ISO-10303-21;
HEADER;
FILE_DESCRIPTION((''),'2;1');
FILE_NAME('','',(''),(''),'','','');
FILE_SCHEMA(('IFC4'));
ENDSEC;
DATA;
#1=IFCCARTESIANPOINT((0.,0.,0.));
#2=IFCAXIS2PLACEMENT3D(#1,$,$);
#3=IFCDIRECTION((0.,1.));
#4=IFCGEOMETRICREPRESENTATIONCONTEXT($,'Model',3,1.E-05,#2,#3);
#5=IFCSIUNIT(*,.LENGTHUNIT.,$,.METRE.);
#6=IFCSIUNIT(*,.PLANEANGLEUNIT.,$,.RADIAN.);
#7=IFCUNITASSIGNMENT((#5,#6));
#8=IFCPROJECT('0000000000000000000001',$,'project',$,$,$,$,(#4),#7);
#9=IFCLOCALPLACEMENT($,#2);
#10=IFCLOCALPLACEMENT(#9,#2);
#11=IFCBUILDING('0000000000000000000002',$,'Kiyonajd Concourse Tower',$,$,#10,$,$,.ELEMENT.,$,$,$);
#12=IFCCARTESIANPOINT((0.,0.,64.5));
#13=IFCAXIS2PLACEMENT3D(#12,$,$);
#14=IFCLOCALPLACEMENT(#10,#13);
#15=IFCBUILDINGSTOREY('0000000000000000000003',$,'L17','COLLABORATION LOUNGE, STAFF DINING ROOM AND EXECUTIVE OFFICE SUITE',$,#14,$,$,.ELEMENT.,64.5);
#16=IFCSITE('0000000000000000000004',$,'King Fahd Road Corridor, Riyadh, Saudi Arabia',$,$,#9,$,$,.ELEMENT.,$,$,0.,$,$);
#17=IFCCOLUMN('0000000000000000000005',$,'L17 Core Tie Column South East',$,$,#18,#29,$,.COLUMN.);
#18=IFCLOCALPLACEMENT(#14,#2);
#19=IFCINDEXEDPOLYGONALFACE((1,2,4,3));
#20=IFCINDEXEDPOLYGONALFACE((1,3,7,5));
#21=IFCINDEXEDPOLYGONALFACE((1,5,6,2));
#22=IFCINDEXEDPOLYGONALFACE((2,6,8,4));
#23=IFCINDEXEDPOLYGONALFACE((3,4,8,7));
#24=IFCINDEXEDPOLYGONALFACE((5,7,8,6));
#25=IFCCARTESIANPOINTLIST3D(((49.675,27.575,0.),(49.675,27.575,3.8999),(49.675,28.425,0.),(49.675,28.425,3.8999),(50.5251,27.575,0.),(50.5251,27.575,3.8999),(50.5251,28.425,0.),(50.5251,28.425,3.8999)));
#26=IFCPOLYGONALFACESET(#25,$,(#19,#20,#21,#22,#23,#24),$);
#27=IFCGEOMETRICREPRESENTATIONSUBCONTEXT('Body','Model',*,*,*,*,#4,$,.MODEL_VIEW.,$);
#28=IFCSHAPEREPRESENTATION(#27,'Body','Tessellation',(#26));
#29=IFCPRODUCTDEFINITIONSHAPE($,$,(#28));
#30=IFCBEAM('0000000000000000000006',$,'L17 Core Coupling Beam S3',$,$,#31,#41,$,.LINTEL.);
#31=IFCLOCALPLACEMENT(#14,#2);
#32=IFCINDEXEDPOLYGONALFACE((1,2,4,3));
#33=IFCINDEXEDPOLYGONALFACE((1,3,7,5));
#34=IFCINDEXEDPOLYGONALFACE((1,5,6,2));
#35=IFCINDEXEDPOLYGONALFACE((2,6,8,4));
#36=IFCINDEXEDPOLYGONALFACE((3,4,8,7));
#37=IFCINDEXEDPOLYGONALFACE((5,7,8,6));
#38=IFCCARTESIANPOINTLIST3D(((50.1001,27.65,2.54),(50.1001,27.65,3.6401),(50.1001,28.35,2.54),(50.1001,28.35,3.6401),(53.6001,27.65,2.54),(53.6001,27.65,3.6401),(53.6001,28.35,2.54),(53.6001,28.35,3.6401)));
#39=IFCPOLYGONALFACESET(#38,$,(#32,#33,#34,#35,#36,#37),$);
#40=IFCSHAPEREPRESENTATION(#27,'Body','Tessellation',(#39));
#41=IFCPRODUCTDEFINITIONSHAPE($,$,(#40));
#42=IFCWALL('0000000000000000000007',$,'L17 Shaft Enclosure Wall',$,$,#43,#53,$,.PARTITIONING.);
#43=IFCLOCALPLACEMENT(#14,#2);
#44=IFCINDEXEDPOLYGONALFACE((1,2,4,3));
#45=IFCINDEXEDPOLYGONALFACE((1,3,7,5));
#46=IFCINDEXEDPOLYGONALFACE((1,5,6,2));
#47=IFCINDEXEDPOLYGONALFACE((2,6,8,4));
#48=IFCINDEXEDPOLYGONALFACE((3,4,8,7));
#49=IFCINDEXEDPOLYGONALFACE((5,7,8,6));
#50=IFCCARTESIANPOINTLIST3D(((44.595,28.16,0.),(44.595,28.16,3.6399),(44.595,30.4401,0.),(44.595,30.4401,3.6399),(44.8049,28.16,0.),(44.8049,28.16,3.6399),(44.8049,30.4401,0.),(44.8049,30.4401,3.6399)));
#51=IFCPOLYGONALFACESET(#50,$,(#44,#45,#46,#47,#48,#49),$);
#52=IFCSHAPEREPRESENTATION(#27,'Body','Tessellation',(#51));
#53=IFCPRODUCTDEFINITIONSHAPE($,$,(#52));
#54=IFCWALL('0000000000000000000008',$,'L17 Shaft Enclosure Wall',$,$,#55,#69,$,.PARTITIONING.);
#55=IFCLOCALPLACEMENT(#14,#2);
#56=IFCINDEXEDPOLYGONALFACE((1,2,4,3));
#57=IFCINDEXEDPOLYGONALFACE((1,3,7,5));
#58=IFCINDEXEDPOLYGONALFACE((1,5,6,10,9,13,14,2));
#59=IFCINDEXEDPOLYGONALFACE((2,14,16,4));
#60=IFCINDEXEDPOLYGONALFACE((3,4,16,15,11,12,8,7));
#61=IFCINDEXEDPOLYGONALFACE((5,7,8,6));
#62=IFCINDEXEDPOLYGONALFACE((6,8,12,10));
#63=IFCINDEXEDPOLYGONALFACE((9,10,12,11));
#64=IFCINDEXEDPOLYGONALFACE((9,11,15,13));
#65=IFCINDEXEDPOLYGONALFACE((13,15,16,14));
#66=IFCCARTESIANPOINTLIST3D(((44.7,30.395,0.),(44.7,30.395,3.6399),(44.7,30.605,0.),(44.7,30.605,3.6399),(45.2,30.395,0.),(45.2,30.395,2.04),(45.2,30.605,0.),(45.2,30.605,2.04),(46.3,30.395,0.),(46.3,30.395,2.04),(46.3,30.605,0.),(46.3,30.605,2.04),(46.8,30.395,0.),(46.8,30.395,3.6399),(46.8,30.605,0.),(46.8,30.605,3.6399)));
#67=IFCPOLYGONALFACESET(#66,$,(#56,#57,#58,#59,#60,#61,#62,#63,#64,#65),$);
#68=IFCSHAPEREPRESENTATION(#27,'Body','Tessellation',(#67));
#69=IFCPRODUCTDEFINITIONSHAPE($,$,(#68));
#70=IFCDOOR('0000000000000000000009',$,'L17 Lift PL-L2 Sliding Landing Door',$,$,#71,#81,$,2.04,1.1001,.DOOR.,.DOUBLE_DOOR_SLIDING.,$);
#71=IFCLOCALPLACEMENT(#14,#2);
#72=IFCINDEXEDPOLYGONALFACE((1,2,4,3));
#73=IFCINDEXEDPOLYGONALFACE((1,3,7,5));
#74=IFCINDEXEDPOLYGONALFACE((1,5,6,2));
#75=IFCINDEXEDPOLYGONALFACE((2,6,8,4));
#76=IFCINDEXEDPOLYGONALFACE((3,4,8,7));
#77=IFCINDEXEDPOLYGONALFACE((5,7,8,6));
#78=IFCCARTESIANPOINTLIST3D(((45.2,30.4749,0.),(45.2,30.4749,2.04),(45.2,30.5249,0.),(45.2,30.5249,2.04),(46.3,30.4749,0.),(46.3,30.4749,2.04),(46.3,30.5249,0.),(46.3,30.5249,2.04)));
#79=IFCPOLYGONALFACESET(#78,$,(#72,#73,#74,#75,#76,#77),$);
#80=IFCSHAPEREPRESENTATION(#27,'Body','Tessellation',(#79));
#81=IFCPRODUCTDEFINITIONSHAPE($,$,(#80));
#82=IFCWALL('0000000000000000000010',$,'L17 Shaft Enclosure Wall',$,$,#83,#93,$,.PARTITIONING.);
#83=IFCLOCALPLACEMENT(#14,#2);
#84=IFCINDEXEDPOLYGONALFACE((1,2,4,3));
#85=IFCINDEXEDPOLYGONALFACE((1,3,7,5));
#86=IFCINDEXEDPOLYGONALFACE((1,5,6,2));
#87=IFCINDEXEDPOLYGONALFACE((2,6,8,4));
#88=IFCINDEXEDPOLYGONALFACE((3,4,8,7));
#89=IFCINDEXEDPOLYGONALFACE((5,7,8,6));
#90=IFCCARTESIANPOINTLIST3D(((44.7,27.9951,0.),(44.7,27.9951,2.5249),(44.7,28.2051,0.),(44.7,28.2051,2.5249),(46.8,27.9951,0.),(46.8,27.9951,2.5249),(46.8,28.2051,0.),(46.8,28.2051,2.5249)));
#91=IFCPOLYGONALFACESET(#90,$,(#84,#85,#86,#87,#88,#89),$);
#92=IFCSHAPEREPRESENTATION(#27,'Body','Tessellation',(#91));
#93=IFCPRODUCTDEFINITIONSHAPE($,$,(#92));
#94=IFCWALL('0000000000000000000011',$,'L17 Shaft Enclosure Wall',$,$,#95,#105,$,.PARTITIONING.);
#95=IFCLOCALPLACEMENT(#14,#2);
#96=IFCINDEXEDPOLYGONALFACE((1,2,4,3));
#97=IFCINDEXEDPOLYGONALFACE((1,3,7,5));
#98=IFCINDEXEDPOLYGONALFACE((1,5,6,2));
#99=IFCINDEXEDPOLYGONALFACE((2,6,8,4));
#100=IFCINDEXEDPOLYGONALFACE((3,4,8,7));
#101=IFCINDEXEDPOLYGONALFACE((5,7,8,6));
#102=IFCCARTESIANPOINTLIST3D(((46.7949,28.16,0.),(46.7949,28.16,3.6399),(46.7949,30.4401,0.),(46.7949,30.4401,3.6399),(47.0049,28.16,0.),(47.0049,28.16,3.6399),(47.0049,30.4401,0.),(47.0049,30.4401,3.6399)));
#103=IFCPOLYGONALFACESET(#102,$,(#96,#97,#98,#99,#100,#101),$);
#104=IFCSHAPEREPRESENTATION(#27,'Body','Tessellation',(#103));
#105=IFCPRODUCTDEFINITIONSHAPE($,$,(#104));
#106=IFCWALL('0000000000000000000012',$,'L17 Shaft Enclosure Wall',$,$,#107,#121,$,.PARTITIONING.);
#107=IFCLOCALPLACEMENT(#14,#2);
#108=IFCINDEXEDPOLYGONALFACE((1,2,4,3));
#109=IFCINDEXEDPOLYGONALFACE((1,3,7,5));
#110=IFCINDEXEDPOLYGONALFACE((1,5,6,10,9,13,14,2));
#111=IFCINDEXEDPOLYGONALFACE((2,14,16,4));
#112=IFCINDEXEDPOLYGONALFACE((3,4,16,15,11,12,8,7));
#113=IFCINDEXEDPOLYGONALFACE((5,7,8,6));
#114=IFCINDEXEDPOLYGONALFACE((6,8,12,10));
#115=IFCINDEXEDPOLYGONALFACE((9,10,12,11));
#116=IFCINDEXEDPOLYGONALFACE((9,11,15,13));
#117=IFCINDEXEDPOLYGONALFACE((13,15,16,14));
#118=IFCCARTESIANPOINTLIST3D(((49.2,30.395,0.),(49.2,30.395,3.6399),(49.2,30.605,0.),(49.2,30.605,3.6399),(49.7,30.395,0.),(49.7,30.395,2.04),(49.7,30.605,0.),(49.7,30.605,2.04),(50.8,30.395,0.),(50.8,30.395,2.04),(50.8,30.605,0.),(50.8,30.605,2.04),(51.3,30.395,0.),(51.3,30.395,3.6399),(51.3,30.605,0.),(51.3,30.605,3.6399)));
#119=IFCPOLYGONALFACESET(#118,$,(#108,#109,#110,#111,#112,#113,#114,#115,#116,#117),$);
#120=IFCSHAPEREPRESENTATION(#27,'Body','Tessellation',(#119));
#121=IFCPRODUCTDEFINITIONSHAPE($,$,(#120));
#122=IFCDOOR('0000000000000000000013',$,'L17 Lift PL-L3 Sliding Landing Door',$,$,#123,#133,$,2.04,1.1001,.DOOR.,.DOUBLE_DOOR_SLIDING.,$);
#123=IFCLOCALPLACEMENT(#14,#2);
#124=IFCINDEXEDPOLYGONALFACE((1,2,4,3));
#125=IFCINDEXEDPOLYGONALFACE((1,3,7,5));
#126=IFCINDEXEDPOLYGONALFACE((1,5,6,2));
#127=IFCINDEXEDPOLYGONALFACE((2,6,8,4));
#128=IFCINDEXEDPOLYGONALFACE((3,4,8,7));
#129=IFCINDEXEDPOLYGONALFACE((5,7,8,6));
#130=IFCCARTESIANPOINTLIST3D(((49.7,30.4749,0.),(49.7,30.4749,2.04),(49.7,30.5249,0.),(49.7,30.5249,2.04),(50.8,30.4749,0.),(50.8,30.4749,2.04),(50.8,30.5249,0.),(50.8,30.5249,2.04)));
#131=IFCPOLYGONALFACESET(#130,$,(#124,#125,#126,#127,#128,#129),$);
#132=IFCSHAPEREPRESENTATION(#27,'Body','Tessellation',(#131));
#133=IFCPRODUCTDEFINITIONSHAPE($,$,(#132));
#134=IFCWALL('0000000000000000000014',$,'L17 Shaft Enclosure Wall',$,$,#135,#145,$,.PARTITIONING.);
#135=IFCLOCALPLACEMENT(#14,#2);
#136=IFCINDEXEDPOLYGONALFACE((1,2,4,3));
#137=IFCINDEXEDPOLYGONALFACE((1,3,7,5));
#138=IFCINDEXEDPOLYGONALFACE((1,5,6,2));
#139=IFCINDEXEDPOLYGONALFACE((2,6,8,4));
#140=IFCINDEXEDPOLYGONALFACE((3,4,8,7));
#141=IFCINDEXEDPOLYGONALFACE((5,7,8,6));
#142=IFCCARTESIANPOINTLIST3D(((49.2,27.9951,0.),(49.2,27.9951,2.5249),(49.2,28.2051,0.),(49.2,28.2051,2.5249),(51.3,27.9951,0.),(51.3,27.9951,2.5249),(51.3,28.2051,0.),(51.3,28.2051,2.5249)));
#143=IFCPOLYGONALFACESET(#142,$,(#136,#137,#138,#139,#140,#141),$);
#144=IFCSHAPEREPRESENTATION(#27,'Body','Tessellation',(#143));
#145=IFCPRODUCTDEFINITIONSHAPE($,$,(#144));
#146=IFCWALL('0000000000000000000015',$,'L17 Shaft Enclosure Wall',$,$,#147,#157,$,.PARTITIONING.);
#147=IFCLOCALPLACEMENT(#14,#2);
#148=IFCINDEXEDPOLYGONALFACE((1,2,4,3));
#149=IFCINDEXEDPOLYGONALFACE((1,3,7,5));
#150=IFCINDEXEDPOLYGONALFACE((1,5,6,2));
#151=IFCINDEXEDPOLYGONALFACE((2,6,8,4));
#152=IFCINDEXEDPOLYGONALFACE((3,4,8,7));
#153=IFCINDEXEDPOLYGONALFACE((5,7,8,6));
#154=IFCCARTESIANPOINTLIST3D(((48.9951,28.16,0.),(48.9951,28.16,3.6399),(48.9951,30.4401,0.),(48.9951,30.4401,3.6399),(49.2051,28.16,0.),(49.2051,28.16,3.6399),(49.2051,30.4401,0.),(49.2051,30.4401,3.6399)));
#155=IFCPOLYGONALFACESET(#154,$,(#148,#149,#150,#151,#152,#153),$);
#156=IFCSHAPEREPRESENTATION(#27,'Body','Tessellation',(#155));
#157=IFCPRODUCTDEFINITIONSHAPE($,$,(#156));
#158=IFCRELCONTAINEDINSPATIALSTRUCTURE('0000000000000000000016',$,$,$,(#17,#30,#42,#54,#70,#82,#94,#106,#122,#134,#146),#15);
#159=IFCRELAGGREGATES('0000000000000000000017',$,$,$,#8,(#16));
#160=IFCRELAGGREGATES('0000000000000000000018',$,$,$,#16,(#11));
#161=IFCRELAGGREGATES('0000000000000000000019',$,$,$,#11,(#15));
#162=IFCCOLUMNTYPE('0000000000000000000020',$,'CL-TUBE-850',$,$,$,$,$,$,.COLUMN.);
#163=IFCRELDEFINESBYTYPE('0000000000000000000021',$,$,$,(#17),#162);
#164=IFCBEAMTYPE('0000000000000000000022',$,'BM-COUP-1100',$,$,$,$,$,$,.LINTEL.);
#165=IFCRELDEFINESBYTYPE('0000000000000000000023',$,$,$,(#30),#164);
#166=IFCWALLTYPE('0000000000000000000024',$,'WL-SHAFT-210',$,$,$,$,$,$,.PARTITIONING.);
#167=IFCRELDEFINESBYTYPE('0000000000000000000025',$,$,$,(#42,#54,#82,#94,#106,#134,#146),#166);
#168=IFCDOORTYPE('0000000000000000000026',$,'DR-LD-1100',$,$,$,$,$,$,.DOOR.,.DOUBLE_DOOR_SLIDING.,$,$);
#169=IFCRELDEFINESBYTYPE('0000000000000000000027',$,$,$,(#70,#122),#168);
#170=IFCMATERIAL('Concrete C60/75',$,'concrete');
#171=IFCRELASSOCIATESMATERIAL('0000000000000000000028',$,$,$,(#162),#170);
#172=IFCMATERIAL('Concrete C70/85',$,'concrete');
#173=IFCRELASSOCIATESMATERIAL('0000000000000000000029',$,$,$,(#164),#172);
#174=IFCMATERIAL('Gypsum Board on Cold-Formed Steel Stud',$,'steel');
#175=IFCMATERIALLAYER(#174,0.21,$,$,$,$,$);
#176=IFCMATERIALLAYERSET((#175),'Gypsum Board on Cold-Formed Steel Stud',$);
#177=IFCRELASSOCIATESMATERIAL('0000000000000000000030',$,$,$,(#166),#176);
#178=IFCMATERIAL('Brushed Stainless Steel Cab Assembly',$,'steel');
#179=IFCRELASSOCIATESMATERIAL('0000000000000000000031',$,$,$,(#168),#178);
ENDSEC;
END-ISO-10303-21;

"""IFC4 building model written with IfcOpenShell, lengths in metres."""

from ifc_helpers import new_model, si_unit, direction, frame, frame_2d, origin, origin_2d, place, context, subcontext, project, spatial, rectangle, extrude, material, layer, layer_set, material_profile, profile_set, type_object, element, fill, save


model = new_model("IFC4")

# Units and contexts
model_context = context("Model", 3, precision=1e-05, world=origin(), true_north=direction((0.0, 1.0)))
body_context = subcontext(model_context, "Body", "Model", "MODEL_VIEW")
ifc_project = project(units=[si_unit("LENGTHUNIT", "METRE"), si_unit("PLANEANGLEUNIT", "RADIAN")], contexts=[model_context])

# Site, building, storey
site_placement = place(None, origin())
site = spatial("IfcSite", under=ifc_project, at=site_placement, Name="King Fahd Road Corridor, Riyadh, Saudi Arabia", CompositionType="ELEMENT", RefElevation=0.0)
building_placement = place(site_placement, origin())
building = spatial("IfcBuilding", under=site, at=building_placement, Name="Kiyonajd Concourse Tower", CompositionType="ELEMENT")
storey_placement = place(building_placement, frame((0.0, 0.0, 64.5)))
storey = spatial("IfcBuildingStorey", under=building, at=storey_placement, Name="L17", Description="COLLABORATION LOUNGE, STAFF DINING ROOM AND EXECUTIVE OFFICE SUITE", CompositionType="ELEMENT", Elevation=64.5)

# Column
ifc_material_1 = material(Name="Concrete C60/75", Category="concrete")
ifc_material_profile_1 = material_profile(ifc_material_1, rectangle(XDim=0.8501, YDim=0.8501, at=origin_2d()), Name="RC-850x850")
ifc_profile_set_1 = profile_set([ifc_material_profile_1], Name="Concrete C60/75")
column_type = type_object("IfcColumnType", Name="CL-TUBE-850", PredefinedType="COLUMN", material=ifc_profile_set_1)
column_placement = place(storey_placement, frame((50.1001, 28.0, 0.0), z_axis=(0.0, 0.0, 1.0), x_axis=(1.0, 0.0, 0.0)))
element("IfcColumn", 1, at=column_placement, inside=storey, type_object=column_type, Name="L17 Core Tie Column South East", PredefinedType="COLUMN", context=body_context, shape_type="SweptSolid", body=[
    extrude(rectangle(XDim=0.8501, YDim=0.8501, at=origin_2d()), origin(), (0.0, 0.0, 1.0), 3.8999),
])

# Beam
ifc_material_2 = material(Name="Concrete C70/85", Category="concrete")
ifc_material_profile_2 = material_profile(ifc_material_2, rectangle(XDim=0.7, YDim=1.1001, at=origin_2d()), Name="RCBM-700x1100")
ifc_profile_set_2 = profile_set([ifc_material_profile_2], Name="Concrete C70/85")
beam_type = type_object("IfcBeamType", Name="BM-COUP-1100", PredefinedType="LINTEL", material=ifc_profile_set_2)
beam_placement = place(storey_placement, frame((50.1001, 28.0, 3.0901), z_axis=(1.0, 0.0, 0.0), x_axis=(0.0, 1.0, 0.0)))
element("IfcBeam", 2, at=beam_placement, inside=storey, type_object=beam_type, Name="L17 Core Coupling Beam S3", PredefinedType="LINTEL", context=body_context, shape_type="SweptSolid", body=[
    extrude(rectangle(XDim=0.7, YDim=1.1001, at=origin_2d()), origin(), (0.0, 0.0, 1.0), 3.5),
])

# Wall
ifc_material_3 = material(Name="Gypsum Board on Cold-Formed Steel Stud", Category="steel")
ifc_layer_1 = layer(ifc_material_3, 0.21)
ifc_layer_set_1 = layer_set([ifc_layer_1], Name="Gypsum Board on Cold-Formed Steel Stud")
wall_type_1 = type_object("IfcWallType", Name="WL-SHAFT-210", PredefinedType="PARTITIONING", material=ifc_layer_set_1)
wall_1_placement = place(storey_placement, frame((44.7, 28.1599, 0.0), z_axis=(0.0, 0.0, 1.0), x_axis=(0.0, 1.0, 0.0)))
element("IfcWall", 3, at=wall_1_placement, inside=storey, type_object=wall_type_1, Name="L17 Shaft Enclosure Wall", PredefinedType="PARTITIONING", context=body_context, shape_type="SweptSolid", body=[
    extrude(rectangle(XDim=2.28, YDim=0.21, at=frame_2d((1.1401, 0.0))), origin(), (0.0, 0.0, 1.0), 3.6399),
])

# Wall, opening, door
wall_2_placement = place(storey_placement, frame((44.7, 30.5, 0.0), z_axis=(0.0, 0.0, 1.0), x_axis=(1.0, 0.0, 0.0)))
wall_2 = element("IfcWall", 4, at=wall_2_placement, inside=storey, type_object=wall_type_1, Name="L17 Shaft Enclosure Wall", PredefinedType="PARTITIONING", context=body_context, shape_type="SweptSolid", body=[
    extrude(rectangle(XDim=2.1001, YDim=0.21, at=frame_2d((1.05, 0.0))), origin(), (0.0, 0.0, 1.0), 3.6399),
])
opening_1_placement = place(wall_2_placement, frame((0.5, 0.0, 0.0)))
opening_1 = element("IfcOpeningElement", 5, at=opening_1_placement, cuts=wall_2, PredefinedType="OPENING", context=body_context, shape_type="SweptSolid", body=[
    extrude(rectangle(XDim=1.1001, YDim=2.04, at=frame_2d((0.55, 1.02))), frame((0.0, 0.115, 0.0), z_axis=(0.0, -1.0, 0.0), x_axis=(1.0, 0.0, 0.0)), (0.0, 0.0, 1.0), 0.23),
])
ifc_material_4 = material(Name="Brushed Stainless Steel Cab Assembly", Category="steel")
door_type_1 = type_object("IfcDoorType", Name="DR-LD-1100", OperationType="DOUBLE_DOOR_SLIDING", PredefinedType="DOOR", material=ifc_material_4)
door_1_placement = place(opening_1_placement, origin())
door_1 = element("IfcDoor", 6, at=door_1_placement, inside=storey, type_object=door_type_1, Name="L17 Lift PL-L2 Sliding Landing Door", OperationType="DOUBLE_DOOR_SLIDING", OverallHeight=2.04, OverallWidth=1.1001, PredefinedType="DOOR", context=body_context, shape_type="SweptSolid", body=[
    extrude(rectangle(XDim=1.1001, YDim=2.04, at=frame_2d((0.55, 1.02))), frame((0.0, 0.0249, 0.0), z_axis=(0.0, -1.0, 0.0), x_axis=(1.0, 0.0, 0.0)), (0.0, 0.0, 1.0), 0.05),
])
fill(opening_1, door_1)

# Walls
wall_3_placement = place(storey_placement, frame((44.7, 28.1001, 0.0), z_axis=(0.0, 0.0, 1.0), x_axis=(1.0, 0.0, 0.0)))
element("IfcWall", 7, at=wall_3_placement, inside=storey, type_object=wall_type_1, Name="L17 Shaft Enclosure Wall", PredefinedType="PARTITIONING", context=body_context, shape_type="SweptSolid", body=[
    extrude(rectangle(XDim=2.1001, YDim=0.21, at=frame_2d((1.05, 0.0))), origin(), (0.0, 0.0, 1.0), 2.5249),
])
wall_4_placement = place(storey_placement, frame((46.8999, 28.1599, 0.0), z_axis=(0.0, 0.0, 1.0), x_axis=(0.0, 1.0, 0.0)))
element("IfcWall", 8, at=wall_4_placement, inside=storey, type_object=wall_type_1, Name="L17 Shaft Enclosure Wall", PredefinedType="PARTITIONING", context=body_context, shape_type="SweptSolid", body=[
    extrude(rectangle(XDim=2.28, YDim=0.21, at=frame_2d((1.1401, 0.0))), origin(), (0.0, 0.0, 1.0), 3.6399),
])

# Wall, opening, door
wall_5_placement = place(storey_placement, frame((49.2, 30.5, 0.0), z_axis=(0.0, 0.0, 1.0), x_axis=(1.0, 0.0, 0.0)))
wall_5 = element("IfcWall", 9, at=wall_5_placement, inside=storey, type_object=wall_type_1, Name="L17 Shaft Enclosure Wall", PredefinedType="PARTITIONING", context=body_context, shape_type="SweptSolid", body=[
    extrude(rectangle(XDim=2.1001, YDim=0.21, at=frame_2d((1.05, 0.0))), origin(), (0.0, 0.0, 1.0), 3.6399),
])
opening_2_placement = place(wall_5_placement, frame((0.5, 0.0, 0.0)))
opening_2 = element("IfcOpeningElement", 10, at=opening_2_placement, cuts=wall_5, PredefinedType="OPENING", context=body_context, shape_type="SweptSolid", body=[
    extrude(rectangle(XDim=1.1001, YDim=2.04, at=frame_2d((0.55, 1.02))), frame((0.0, 0.115, 0.0), z_axis=(0.0, -1.0, 0.0), x_axis=(1.0, 0.0, 0.0)), (0.0, 0.0, 1.0), 0.23),
])
door_2_placement = place(opening_2_placement, origin())
door_2 = element("IfcDoor", 11, at=door_2_placement, inside=storey, type_object=door_type_1, Name="L17 Lift PL-L3 Sliding Landing Door", OperationType="DOUBLE_DOOR_SLIDING", OverallHeight=2.04, OverallWidth=1.1001, PredefinedType="DOOR", context=body_context, shape_type="SweptSolid", body=[
    extrude(rectangle(XDim=1.1001, YDim=2.04, at=frame_2d((0.55, 1.02))), frame((0.0, 0.0249, 0.0), z_axis=(0.0, -1.0, 0.0), x_axis=(1.0, 0.0, 0.0)), (0.0, 0.0, 1.0), 0.05),
])
fill(opening_2, door_2)

# Walls
wall_6_placement = place(storey_placement, frame((49.2, 28.1001, 0.0), z_axis=(0.0, 0.0, 1.0), x_axis=(1.0, 0.0, 0.0)))
element("IfcWall", 12, at=wall_6_placement, inside=storey, type_object=wall_type_1, Name="L17 Shaft Enclosure Wall", PredefinedType="PARTITIONING", context=body_context, shape_type="SweptSolid", body=[
    extrude(rectangle(XDim=2.1001, YDim=0.21, at=frame_2d((1.05, 0.0))), origin(), (0.0, 0.0, 1.0), 2.5249),
])
wall_7_placement = place(storey_placement, frame((49.1001, 28.1599, 0.0), z_axis=(0.0, 0.0, 1.0), x_axis=(0.0, 1.0, 0.0)))
element("IfcWall", 13, at=wall_7_placement, inside=storey, type_object=wall_type_1, Name="L17 Shaft Enclosure Wall", PredefinedType="PARTITIONING", context=body_context, shape_type="SweptSolid", body=[
    extrude(rectangle(XDim=2.28, YDim=0.21, at=frame_2d((1.1401, 0.0))), origin(), (0.0, 0.0, 1.0), 3.6399),
])

save(model, "model.ifc")
